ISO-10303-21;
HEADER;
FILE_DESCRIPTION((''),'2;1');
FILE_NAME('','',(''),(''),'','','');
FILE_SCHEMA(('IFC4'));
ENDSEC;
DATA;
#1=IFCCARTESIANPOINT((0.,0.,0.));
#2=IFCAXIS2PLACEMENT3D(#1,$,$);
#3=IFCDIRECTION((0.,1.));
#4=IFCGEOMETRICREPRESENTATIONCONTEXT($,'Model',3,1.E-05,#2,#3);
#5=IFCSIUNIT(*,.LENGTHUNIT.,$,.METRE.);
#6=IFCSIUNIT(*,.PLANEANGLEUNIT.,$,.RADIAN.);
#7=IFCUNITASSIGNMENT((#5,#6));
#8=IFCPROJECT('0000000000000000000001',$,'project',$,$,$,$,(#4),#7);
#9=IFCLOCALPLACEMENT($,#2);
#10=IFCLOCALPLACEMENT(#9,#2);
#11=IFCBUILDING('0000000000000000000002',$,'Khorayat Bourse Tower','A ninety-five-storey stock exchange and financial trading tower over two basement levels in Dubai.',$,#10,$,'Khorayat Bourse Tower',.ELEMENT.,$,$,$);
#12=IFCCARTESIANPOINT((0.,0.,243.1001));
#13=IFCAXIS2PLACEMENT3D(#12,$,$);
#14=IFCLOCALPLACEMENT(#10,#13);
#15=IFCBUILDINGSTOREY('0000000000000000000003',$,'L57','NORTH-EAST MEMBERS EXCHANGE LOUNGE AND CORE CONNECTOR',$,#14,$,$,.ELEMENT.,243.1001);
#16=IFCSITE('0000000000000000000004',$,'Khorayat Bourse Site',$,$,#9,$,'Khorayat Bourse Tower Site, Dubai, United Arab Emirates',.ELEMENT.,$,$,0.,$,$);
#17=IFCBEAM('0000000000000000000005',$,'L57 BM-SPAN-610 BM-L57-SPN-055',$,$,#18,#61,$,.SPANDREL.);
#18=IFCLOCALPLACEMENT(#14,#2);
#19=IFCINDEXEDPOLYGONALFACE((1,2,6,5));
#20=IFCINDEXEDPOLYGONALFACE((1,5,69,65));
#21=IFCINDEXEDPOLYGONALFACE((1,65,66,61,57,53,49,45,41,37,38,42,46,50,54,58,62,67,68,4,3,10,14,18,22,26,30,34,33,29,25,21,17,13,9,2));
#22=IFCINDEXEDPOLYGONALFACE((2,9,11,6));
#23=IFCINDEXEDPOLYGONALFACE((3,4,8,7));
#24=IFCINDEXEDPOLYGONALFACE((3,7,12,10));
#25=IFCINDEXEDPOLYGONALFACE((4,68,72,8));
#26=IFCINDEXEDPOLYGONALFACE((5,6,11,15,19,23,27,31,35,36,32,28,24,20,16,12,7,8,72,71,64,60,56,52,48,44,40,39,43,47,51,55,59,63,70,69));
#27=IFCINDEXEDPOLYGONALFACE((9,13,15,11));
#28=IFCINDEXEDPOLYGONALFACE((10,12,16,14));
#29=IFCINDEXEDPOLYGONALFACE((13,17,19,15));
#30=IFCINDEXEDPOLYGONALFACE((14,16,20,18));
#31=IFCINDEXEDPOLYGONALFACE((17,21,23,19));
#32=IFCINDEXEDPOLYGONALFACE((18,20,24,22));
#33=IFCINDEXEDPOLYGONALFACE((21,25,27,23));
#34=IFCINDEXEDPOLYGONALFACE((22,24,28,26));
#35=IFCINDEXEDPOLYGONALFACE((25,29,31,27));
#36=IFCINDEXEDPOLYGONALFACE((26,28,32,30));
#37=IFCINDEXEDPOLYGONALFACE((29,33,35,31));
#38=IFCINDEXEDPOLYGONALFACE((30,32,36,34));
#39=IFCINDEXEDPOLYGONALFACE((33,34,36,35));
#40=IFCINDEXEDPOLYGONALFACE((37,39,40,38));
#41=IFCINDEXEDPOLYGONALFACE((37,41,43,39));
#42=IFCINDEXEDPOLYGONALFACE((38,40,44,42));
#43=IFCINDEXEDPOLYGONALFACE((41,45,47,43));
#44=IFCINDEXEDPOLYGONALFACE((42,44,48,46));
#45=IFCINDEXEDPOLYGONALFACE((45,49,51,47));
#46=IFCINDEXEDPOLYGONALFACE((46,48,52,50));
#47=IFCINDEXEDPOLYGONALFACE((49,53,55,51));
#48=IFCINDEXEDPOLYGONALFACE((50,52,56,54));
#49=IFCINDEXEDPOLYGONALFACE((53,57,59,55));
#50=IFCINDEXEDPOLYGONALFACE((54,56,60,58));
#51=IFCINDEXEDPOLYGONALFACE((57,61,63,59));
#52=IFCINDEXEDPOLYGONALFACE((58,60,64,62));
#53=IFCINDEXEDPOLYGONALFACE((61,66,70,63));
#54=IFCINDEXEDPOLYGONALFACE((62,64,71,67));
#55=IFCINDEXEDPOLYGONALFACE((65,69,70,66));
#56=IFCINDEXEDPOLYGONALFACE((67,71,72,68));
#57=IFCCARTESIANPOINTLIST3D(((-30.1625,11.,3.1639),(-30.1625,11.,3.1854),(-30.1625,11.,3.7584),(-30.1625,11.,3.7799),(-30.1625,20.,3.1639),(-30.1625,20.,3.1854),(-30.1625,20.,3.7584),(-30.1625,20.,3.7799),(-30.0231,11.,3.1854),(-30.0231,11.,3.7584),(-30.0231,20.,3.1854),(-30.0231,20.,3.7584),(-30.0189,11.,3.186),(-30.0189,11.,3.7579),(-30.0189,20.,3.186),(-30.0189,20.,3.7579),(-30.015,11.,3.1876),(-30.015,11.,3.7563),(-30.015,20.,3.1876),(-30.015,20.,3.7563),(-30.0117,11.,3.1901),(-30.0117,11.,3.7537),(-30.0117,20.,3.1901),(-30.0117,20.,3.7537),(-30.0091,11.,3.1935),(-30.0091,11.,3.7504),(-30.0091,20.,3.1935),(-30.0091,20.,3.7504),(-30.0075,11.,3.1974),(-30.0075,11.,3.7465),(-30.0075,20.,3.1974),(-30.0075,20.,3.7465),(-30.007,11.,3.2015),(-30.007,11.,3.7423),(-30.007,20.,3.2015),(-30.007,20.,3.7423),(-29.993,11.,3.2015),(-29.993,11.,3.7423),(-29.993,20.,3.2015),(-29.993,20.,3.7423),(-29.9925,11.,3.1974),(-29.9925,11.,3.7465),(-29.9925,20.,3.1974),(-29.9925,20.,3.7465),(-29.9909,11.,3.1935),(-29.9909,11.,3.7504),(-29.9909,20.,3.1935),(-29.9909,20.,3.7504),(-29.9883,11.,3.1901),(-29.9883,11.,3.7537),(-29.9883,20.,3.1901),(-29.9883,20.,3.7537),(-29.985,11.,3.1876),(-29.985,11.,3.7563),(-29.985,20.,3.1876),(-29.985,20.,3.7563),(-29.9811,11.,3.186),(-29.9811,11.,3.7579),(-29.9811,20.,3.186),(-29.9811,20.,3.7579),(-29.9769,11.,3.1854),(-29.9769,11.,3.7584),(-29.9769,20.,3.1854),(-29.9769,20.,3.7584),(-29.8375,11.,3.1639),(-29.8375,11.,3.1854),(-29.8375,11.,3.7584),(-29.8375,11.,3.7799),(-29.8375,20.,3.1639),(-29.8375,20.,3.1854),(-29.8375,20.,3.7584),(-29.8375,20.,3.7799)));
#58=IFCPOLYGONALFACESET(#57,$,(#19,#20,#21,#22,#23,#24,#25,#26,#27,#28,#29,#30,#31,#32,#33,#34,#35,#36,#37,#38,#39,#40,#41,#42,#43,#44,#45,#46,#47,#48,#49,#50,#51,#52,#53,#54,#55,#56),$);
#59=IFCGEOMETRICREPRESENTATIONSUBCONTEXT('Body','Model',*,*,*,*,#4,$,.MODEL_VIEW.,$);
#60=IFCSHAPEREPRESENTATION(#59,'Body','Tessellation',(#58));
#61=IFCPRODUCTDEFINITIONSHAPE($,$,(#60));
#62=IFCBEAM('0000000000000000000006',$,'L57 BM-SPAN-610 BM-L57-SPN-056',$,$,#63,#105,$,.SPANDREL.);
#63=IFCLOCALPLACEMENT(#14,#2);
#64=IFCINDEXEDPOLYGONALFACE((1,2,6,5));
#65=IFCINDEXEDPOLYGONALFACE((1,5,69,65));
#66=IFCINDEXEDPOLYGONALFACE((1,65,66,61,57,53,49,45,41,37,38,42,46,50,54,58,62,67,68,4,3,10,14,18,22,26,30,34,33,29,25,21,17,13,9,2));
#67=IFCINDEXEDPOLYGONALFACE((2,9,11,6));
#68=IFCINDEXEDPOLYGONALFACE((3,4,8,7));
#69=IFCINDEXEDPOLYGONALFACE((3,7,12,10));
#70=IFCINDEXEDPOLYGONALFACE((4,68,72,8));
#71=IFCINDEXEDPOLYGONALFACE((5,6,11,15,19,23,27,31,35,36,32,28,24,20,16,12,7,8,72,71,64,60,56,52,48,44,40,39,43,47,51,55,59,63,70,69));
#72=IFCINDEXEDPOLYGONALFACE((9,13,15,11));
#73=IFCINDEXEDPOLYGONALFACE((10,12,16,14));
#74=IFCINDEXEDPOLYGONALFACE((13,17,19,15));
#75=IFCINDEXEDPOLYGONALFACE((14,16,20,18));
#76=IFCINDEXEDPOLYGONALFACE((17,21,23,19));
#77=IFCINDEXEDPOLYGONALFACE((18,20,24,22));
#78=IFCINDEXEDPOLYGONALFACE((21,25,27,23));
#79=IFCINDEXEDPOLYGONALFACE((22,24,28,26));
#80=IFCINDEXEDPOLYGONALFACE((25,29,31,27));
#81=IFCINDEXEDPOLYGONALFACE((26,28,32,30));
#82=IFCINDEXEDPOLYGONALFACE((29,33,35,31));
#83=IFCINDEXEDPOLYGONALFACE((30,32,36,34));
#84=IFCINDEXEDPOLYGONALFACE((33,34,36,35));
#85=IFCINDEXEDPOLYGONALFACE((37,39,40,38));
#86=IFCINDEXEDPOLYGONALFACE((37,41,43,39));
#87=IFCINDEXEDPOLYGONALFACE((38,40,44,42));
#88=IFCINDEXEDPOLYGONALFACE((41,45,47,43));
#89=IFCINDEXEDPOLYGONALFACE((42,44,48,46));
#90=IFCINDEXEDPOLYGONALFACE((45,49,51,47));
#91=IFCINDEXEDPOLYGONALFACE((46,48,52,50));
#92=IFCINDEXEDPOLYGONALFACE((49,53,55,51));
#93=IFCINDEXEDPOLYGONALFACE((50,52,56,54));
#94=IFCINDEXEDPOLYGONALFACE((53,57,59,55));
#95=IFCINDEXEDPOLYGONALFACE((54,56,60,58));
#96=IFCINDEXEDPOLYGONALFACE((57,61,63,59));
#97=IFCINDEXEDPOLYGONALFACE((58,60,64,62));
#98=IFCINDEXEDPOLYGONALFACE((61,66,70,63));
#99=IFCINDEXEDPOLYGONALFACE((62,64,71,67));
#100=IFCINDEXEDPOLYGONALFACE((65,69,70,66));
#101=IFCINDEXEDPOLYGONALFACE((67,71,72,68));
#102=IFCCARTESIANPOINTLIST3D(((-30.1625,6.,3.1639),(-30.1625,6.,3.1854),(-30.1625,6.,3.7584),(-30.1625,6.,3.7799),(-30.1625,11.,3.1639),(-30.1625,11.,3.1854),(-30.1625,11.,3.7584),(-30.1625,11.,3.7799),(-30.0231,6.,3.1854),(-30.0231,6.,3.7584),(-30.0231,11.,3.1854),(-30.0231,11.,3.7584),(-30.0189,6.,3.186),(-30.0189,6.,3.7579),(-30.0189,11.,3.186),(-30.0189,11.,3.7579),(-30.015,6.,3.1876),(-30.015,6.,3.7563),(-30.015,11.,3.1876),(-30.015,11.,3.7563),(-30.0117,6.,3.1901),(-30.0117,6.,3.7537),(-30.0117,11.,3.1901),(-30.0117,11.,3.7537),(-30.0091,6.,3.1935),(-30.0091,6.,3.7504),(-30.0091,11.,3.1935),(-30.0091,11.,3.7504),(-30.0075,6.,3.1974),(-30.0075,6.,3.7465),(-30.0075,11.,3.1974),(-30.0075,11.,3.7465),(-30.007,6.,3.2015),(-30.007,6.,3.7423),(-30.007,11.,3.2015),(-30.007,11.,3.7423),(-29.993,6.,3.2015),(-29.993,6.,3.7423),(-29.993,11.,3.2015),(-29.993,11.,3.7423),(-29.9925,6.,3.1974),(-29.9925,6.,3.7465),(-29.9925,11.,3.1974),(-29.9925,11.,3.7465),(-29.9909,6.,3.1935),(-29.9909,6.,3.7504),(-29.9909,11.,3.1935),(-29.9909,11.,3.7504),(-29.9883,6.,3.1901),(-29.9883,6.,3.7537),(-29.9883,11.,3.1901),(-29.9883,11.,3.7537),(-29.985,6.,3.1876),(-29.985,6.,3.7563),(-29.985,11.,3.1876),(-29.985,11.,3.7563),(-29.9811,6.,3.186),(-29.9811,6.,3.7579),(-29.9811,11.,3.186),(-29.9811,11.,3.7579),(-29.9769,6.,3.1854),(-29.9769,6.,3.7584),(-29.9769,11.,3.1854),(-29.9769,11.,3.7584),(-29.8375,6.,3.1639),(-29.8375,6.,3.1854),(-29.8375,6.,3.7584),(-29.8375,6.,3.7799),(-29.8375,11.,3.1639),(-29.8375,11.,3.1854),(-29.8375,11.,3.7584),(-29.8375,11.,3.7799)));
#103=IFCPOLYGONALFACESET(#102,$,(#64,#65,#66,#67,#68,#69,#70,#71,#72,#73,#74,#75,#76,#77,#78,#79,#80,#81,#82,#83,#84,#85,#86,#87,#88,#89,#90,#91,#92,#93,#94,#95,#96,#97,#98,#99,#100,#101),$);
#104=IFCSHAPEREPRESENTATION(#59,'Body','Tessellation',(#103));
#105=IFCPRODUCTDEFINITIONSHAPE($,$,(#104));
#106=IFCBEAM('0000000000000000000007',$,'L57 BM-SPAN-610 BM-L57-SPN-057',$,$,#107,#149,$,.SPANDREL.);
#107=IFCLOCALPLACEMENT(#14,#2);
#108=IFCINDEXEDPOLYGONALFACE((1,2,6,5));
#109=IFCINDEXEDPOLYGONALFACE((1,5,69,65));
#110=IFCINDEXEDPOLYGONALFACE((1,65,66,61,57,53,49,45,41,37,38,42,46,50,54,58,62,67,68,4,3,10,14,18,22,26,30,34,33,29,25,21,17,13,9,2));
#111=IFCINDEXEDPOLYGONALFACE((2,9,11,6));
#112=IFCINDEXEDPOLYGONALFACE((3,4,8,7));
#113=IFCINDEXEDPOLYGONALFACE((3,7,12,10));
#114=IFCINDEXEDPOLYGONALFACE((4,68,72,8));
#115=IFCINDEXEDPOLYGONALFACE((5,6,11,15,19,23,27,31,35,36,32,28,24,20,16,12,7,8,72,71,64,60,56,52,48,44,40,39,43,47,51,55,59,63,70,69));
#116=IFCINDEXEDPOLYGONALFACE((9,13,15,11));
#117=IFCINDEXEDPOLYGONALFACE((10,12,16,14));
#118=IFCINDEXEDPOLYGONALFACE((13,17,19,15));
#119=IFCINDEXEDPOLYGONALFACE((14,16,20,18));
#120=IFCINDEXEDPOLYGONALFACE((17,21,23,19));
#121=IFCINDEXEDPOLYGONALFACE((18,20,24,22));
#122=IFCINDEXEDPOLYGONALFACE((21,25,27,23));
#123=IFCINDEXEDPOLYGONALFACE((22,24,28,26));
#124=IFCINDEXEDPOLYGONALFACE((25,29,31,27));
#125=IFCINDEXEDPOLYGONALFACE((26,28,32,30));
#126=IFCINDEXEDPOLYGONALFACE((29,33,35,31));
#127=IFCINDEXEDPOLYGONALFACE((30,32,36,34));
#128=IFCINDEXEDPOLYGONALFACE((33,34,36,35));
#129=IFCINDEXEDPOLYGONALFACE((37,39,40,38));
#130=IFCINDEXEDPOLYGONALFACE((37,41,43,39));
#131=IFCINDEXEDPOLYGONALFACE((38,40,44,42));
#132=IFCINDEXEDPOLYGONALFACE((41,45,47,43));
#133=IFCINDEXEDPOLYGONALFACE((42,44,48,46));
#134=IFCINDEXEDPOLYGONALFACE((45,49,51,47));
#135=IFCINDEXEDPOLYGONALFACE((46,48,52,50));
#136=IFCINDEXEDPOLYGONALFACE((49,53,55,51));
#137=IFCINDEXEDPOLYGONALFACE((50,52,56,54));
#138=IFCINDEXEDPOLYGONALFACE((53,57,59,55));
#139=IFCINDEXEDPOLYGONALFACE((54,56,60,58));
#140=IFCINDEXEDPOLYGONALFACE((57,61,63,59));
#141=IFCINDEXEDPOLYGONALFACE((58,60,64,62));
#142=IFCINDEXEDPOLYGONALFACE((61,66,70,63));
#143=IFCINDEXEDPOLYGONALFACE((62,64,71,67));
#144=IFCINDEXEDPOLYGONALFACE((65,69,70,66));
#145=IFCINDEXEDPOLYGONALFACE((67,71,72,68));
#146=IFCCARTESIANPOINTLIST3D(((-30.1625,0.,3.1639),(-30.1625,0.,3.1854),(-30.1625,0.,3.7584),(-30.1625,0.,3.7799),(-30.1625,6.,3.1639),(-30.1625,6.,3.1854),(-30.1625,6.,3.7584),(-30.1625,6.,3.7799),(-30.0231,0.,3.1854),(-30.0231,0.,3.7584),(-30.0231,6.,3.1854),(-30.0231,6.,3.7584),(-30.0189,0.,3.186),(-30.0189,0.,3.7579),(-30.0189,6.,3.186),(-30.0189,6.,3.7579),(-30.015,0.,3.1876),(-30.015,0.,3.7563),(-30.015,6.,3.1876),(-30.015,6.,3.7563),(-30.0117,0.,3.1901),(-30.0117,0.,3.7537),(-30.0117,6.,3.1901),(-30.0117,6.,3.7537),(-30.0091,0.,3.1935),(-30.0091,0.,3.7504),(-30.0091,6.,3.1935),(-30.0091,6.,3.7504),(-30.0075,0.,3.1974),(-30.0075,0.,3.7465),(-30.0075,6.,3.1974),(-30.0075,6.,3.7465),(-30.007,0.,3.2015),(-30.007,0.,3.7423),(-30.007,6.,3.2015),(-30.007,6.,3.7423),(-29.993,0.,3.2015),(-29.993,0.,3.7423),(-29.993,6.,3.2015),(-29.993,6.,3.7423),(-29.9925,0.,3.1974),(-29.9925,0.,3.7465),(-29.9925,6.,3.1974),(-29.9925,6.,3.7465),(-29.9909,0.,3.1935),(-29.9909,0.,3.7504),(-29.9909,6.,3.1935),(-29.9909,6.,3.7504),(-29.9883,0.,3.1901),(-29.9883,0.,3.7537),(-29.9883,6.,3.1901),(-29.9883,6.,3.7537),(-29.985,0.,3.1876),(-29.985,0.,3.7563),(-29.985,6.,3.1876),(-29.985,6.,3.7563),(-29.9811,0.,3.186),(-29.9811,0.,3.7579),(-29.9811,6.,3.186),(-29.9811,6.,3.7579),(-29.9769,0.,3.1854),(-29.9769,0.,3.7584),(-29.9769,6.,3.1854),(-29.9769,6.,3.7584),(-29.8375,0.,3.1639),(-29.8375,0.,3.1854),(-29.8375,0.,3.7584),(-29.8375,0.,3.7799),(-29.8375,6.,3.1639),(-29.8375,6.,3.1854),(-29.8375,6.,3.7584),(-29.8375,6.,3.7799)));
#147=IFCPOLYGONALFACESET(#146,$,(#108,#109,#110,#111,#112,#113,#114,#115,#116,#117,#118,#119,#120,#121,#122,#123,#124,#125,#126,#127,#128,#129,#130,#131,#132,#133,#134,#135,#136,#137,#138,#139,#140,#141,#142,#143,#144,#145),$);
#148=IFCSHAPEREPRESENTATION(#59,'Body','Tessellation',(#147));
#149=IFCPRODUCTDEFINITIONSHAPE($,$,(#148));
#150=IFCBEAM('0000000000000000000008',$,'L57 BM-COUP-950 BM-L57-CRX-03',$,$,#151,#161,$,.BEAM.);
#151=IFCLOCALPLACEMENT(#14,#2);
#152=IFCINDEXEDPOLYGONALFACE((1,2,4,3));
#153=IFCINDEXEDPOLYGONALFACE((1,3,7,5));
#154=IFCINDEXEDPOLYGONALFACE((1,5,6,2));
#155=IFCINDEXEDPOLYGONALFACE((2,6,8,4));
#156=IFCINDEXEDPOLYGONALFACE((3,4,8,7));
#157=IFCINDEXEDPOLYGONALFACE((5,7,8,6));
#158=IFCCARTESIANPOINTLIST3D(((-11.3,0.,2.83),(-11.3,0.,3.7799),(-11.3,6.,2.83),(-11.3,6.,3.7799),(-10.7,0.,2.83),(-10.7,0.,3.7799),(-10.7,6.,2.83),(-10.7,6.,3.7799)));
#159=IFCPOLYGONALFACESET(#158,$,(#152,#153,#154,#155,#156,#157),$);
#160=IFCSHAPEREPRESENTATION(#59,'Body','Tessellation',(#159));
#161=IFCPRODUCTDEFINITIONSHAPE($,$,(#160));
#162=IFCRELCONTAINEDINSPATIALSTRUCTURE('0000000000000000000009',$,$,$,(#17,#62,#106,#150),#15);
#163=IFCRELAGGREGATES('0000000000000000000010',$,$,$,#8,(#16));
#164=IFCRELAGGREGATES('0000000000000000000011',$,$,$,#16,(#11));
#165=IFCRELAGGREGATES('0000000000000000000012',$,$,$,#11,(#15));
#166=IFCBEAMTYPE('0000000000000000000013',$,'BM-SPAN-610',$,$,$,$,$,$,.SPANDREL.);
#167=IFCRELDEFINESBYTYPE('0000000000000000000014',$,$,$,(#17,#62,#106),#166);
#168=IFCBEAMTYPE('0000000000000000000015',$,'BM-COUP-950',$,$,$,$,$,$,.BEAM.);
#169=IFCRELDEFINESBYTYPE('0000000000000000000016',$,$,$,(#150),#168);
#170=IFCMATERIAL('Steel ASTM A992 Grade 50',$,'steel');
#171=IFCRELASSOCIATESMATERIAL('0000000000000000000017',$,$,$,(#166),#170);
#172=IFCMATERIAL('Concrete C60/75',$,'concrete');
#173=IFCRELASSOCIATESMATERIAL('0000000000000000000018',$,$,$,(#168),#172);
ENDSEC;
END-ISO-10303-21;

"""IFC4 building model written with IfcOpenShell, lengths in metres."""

from ifc_helpers import new_model, si_unit, direction, frame, origin, origin_2d, place, context, subcontext, project, spatial, rectangle, i_section, extrude, source, transform, mapped, material, material_profile, profile_set, type_object, element, save


model = new_model("IFC4")

# Units and contexts
model_context = context("Model", 3, precision=1e-05, world=origin(), true_north=direction((0.0, 1.0)))
body_context = subcontext(model_context, "Body", "Model", "MODEL_VIEW")
ifc_project = project(units=[si_unit("LENGTHUNIT", "METRE"), si_unit("PLANEANGLEUNIT", "RADIAN")], contexts=[model_context])

# Site, building, storey
site_placement = place(None, origin())
site = spatial("IfcSite", under=ifc_project, at=site_placement, Name="Khorayat Bourse Site", LongName="Khorayat Bourse Tower Site, Dubai, United Arab Emirates", CompositionType="ELEMENT", RefElevation=0.0)
building_placement = place(site_placement, origin())
building = spatial("IfcBuilding", under=site, at=building_placement, Name="Khorayat Bourse Tower", Description="A ninety-five-storey stock exchange and financial trading tower over two basement levels in Dubai.", LongName="Khorayat Bourse Tower", CompositionType="ELEMENT")
storey_placement = place(building_placement, frame((0.0, 0.0, 243.1001)))
storey = spatial("IfcBuildingStorey", under=building, at=storey_placement, Name="L57", Description="NORTH-EAST MEMBERS EXCHANGE LOUNGE AND CORE CONNECTOR", CompositionType="ELEMENT", Elevation=243.1001)

# Shared definitions
ifc_material_1 = material(Name="Concrete C60/75", Category="concrete")

# Beams
ifc_material_2 = material(Name="Steel ASTM A992 Grade 50", Category="steel")
ifc_material_profile_1 = material_profile(ifc_material_2, i_section(OverallWidth=0.325, OverallDepth=0.616, WebThickness=0.0139, FlangeThickness=0.0215, FilletRadius=0.0161, at=origin_2d()), Name="W610X174")
ifc_profile_set_1 = profile_set([ifc_material_profile_1], Name="Steel ASTM A992 Grade 50")
beam_type_1 = type_object("IfcBeamType", Name="BM-SPAN-610", PredefinedType="SPANDREL", material=ifc_profile_set_1)
shared_shape_1 = source(origin(), body_context, "Body", "SweptSolid", [
    extrude(i_section(OverallWidth=0.325, OverallDepth=0.616, WebThickness=0.0139, FlangeThickness=0.0215, FilletRadius=0.0161, at=origin_2d()), origin(), (0.0, 0.0, 1.0), 9.0),
])
beam_1_placement = place(storey_placement, frame((-30.0, 11.0, 3.4719), z_axis=(0.0, 1.0, 0.0), x_axis=(-1.0, 0.0, 0.0)))
element("IfcBeam", 1, at=beam_1_placement, inside=storey, type_object=beam_type_1, Name="L57 BM-SPAN-610 BM-L57-SPN-055", PredefinedType="SPANDREL", context=body_context, shape_type="MappedRepresentation", body=[
    mapped(shared_shape_1, transform((0.0, 0.0, 0.0), scale=1.0)),
])
shared_shape_2 = source(origin(), body_context, "Body", "SweptSolid", [
    extrude(i_section(OverallWidth=0.325, OverallDepth=0.616, WebThickness=0.0139, FlangeThickness=0.0215, FilletRadius=0.0161, at=origin_2d()), origin(), (0.0, 0.0, 1.0), 5.0),
])
beam_2_placement = place(storey_placement, frame((-30.0, 6.0, 3.4719), z_axis=(0.0, 1.0, 0.0), x_axis=(-1.0, 0.0, 0.0)))
element("IfcBeam", 2, at=beam_2_placement, inside=storey, type_object=beam_type_1, Name="L57 BM-SPAN-610 BM-L57-SPN-056", PredefinedType="SPANDREL", context=body_context, shape_type="MappedRepresentation", body=[
    mapped(shared_shape_2, transform((0.0, 0.0, 0.0), scale=1.0)),
])
shared_shape_3 = source(origin(), body_context, "Body", "SweptSolid", [
    extrude(i_section(OverallWidth=0.325, OverallDepth=0.616, WebThickness=0.0139, FlangeThickness=0.0215, FilletRadius=0.0161, at=origin_2d()), origin(), (0.0, 0.0, 1.0), 6.0),
])
beam_3_placement = place(storey_placement, frame((-30.0, 0.0, 3.4719), z_axis=(0.0, 1.0, 0.0), x_axis=(-1.0, 0.0, 0.0)))
element("IfcBeam", 3, at=beam_3_placement, inside=storey, type_object=beam_type_1, Name="L57 BM-SPAN-610 BM-L57-SPN-057", PredefinedType="SPANDREL", context=body_context, shape_type="MappedRepresentation", body=[
    mapped(shared_shape_3, transform((0.0, 0.0, 0.0), scale=1.0)),
])
ifc_material_profile_2 = material_profile(ifc_material_1, rectangle(XDim=0.6001, YDim=0.95, at=origin_2d()), Name="RC 600x950")
ifc_profile_set_2 = profile_set([ifc_material_profile_2], Name="Concrete C60/75")
beam_type_2 = type_object("IfcBeamType", Name="BM-COUP-950", PredefinedType="BEAM", material=ifc_profile_set_2)
shared_shape_4 = source(origin(), body_context, "Body", "SweptSolid", [
    extrude(rectangle(XDim=0.6001, YDim=0.95, at=origin_2d()), origin(), (0.0, 0.0, 1.0), 6.0),
])
beam_4_placement = place(storey_placement, frame((-11.0, 0.0, 3.3049), z_axis=(0.0, 1.0, 0.0), x_axis=(-1.0, 0.0, 0.0)))
element("IfcBeam", 4, at=beam_4_placement, inside=storey, type_object=beam_type_2, Name="L57 BM-COUP-950 BM-L57-CRX-03", PredefinedType="BEAM", context=body_context, shape_type="MappedRepresentation", body=[
    mapped(shared_shape_4, transform((0.0, 0.0, 0.0), scale=1.0)),
])

save(model, "model.ifc")
